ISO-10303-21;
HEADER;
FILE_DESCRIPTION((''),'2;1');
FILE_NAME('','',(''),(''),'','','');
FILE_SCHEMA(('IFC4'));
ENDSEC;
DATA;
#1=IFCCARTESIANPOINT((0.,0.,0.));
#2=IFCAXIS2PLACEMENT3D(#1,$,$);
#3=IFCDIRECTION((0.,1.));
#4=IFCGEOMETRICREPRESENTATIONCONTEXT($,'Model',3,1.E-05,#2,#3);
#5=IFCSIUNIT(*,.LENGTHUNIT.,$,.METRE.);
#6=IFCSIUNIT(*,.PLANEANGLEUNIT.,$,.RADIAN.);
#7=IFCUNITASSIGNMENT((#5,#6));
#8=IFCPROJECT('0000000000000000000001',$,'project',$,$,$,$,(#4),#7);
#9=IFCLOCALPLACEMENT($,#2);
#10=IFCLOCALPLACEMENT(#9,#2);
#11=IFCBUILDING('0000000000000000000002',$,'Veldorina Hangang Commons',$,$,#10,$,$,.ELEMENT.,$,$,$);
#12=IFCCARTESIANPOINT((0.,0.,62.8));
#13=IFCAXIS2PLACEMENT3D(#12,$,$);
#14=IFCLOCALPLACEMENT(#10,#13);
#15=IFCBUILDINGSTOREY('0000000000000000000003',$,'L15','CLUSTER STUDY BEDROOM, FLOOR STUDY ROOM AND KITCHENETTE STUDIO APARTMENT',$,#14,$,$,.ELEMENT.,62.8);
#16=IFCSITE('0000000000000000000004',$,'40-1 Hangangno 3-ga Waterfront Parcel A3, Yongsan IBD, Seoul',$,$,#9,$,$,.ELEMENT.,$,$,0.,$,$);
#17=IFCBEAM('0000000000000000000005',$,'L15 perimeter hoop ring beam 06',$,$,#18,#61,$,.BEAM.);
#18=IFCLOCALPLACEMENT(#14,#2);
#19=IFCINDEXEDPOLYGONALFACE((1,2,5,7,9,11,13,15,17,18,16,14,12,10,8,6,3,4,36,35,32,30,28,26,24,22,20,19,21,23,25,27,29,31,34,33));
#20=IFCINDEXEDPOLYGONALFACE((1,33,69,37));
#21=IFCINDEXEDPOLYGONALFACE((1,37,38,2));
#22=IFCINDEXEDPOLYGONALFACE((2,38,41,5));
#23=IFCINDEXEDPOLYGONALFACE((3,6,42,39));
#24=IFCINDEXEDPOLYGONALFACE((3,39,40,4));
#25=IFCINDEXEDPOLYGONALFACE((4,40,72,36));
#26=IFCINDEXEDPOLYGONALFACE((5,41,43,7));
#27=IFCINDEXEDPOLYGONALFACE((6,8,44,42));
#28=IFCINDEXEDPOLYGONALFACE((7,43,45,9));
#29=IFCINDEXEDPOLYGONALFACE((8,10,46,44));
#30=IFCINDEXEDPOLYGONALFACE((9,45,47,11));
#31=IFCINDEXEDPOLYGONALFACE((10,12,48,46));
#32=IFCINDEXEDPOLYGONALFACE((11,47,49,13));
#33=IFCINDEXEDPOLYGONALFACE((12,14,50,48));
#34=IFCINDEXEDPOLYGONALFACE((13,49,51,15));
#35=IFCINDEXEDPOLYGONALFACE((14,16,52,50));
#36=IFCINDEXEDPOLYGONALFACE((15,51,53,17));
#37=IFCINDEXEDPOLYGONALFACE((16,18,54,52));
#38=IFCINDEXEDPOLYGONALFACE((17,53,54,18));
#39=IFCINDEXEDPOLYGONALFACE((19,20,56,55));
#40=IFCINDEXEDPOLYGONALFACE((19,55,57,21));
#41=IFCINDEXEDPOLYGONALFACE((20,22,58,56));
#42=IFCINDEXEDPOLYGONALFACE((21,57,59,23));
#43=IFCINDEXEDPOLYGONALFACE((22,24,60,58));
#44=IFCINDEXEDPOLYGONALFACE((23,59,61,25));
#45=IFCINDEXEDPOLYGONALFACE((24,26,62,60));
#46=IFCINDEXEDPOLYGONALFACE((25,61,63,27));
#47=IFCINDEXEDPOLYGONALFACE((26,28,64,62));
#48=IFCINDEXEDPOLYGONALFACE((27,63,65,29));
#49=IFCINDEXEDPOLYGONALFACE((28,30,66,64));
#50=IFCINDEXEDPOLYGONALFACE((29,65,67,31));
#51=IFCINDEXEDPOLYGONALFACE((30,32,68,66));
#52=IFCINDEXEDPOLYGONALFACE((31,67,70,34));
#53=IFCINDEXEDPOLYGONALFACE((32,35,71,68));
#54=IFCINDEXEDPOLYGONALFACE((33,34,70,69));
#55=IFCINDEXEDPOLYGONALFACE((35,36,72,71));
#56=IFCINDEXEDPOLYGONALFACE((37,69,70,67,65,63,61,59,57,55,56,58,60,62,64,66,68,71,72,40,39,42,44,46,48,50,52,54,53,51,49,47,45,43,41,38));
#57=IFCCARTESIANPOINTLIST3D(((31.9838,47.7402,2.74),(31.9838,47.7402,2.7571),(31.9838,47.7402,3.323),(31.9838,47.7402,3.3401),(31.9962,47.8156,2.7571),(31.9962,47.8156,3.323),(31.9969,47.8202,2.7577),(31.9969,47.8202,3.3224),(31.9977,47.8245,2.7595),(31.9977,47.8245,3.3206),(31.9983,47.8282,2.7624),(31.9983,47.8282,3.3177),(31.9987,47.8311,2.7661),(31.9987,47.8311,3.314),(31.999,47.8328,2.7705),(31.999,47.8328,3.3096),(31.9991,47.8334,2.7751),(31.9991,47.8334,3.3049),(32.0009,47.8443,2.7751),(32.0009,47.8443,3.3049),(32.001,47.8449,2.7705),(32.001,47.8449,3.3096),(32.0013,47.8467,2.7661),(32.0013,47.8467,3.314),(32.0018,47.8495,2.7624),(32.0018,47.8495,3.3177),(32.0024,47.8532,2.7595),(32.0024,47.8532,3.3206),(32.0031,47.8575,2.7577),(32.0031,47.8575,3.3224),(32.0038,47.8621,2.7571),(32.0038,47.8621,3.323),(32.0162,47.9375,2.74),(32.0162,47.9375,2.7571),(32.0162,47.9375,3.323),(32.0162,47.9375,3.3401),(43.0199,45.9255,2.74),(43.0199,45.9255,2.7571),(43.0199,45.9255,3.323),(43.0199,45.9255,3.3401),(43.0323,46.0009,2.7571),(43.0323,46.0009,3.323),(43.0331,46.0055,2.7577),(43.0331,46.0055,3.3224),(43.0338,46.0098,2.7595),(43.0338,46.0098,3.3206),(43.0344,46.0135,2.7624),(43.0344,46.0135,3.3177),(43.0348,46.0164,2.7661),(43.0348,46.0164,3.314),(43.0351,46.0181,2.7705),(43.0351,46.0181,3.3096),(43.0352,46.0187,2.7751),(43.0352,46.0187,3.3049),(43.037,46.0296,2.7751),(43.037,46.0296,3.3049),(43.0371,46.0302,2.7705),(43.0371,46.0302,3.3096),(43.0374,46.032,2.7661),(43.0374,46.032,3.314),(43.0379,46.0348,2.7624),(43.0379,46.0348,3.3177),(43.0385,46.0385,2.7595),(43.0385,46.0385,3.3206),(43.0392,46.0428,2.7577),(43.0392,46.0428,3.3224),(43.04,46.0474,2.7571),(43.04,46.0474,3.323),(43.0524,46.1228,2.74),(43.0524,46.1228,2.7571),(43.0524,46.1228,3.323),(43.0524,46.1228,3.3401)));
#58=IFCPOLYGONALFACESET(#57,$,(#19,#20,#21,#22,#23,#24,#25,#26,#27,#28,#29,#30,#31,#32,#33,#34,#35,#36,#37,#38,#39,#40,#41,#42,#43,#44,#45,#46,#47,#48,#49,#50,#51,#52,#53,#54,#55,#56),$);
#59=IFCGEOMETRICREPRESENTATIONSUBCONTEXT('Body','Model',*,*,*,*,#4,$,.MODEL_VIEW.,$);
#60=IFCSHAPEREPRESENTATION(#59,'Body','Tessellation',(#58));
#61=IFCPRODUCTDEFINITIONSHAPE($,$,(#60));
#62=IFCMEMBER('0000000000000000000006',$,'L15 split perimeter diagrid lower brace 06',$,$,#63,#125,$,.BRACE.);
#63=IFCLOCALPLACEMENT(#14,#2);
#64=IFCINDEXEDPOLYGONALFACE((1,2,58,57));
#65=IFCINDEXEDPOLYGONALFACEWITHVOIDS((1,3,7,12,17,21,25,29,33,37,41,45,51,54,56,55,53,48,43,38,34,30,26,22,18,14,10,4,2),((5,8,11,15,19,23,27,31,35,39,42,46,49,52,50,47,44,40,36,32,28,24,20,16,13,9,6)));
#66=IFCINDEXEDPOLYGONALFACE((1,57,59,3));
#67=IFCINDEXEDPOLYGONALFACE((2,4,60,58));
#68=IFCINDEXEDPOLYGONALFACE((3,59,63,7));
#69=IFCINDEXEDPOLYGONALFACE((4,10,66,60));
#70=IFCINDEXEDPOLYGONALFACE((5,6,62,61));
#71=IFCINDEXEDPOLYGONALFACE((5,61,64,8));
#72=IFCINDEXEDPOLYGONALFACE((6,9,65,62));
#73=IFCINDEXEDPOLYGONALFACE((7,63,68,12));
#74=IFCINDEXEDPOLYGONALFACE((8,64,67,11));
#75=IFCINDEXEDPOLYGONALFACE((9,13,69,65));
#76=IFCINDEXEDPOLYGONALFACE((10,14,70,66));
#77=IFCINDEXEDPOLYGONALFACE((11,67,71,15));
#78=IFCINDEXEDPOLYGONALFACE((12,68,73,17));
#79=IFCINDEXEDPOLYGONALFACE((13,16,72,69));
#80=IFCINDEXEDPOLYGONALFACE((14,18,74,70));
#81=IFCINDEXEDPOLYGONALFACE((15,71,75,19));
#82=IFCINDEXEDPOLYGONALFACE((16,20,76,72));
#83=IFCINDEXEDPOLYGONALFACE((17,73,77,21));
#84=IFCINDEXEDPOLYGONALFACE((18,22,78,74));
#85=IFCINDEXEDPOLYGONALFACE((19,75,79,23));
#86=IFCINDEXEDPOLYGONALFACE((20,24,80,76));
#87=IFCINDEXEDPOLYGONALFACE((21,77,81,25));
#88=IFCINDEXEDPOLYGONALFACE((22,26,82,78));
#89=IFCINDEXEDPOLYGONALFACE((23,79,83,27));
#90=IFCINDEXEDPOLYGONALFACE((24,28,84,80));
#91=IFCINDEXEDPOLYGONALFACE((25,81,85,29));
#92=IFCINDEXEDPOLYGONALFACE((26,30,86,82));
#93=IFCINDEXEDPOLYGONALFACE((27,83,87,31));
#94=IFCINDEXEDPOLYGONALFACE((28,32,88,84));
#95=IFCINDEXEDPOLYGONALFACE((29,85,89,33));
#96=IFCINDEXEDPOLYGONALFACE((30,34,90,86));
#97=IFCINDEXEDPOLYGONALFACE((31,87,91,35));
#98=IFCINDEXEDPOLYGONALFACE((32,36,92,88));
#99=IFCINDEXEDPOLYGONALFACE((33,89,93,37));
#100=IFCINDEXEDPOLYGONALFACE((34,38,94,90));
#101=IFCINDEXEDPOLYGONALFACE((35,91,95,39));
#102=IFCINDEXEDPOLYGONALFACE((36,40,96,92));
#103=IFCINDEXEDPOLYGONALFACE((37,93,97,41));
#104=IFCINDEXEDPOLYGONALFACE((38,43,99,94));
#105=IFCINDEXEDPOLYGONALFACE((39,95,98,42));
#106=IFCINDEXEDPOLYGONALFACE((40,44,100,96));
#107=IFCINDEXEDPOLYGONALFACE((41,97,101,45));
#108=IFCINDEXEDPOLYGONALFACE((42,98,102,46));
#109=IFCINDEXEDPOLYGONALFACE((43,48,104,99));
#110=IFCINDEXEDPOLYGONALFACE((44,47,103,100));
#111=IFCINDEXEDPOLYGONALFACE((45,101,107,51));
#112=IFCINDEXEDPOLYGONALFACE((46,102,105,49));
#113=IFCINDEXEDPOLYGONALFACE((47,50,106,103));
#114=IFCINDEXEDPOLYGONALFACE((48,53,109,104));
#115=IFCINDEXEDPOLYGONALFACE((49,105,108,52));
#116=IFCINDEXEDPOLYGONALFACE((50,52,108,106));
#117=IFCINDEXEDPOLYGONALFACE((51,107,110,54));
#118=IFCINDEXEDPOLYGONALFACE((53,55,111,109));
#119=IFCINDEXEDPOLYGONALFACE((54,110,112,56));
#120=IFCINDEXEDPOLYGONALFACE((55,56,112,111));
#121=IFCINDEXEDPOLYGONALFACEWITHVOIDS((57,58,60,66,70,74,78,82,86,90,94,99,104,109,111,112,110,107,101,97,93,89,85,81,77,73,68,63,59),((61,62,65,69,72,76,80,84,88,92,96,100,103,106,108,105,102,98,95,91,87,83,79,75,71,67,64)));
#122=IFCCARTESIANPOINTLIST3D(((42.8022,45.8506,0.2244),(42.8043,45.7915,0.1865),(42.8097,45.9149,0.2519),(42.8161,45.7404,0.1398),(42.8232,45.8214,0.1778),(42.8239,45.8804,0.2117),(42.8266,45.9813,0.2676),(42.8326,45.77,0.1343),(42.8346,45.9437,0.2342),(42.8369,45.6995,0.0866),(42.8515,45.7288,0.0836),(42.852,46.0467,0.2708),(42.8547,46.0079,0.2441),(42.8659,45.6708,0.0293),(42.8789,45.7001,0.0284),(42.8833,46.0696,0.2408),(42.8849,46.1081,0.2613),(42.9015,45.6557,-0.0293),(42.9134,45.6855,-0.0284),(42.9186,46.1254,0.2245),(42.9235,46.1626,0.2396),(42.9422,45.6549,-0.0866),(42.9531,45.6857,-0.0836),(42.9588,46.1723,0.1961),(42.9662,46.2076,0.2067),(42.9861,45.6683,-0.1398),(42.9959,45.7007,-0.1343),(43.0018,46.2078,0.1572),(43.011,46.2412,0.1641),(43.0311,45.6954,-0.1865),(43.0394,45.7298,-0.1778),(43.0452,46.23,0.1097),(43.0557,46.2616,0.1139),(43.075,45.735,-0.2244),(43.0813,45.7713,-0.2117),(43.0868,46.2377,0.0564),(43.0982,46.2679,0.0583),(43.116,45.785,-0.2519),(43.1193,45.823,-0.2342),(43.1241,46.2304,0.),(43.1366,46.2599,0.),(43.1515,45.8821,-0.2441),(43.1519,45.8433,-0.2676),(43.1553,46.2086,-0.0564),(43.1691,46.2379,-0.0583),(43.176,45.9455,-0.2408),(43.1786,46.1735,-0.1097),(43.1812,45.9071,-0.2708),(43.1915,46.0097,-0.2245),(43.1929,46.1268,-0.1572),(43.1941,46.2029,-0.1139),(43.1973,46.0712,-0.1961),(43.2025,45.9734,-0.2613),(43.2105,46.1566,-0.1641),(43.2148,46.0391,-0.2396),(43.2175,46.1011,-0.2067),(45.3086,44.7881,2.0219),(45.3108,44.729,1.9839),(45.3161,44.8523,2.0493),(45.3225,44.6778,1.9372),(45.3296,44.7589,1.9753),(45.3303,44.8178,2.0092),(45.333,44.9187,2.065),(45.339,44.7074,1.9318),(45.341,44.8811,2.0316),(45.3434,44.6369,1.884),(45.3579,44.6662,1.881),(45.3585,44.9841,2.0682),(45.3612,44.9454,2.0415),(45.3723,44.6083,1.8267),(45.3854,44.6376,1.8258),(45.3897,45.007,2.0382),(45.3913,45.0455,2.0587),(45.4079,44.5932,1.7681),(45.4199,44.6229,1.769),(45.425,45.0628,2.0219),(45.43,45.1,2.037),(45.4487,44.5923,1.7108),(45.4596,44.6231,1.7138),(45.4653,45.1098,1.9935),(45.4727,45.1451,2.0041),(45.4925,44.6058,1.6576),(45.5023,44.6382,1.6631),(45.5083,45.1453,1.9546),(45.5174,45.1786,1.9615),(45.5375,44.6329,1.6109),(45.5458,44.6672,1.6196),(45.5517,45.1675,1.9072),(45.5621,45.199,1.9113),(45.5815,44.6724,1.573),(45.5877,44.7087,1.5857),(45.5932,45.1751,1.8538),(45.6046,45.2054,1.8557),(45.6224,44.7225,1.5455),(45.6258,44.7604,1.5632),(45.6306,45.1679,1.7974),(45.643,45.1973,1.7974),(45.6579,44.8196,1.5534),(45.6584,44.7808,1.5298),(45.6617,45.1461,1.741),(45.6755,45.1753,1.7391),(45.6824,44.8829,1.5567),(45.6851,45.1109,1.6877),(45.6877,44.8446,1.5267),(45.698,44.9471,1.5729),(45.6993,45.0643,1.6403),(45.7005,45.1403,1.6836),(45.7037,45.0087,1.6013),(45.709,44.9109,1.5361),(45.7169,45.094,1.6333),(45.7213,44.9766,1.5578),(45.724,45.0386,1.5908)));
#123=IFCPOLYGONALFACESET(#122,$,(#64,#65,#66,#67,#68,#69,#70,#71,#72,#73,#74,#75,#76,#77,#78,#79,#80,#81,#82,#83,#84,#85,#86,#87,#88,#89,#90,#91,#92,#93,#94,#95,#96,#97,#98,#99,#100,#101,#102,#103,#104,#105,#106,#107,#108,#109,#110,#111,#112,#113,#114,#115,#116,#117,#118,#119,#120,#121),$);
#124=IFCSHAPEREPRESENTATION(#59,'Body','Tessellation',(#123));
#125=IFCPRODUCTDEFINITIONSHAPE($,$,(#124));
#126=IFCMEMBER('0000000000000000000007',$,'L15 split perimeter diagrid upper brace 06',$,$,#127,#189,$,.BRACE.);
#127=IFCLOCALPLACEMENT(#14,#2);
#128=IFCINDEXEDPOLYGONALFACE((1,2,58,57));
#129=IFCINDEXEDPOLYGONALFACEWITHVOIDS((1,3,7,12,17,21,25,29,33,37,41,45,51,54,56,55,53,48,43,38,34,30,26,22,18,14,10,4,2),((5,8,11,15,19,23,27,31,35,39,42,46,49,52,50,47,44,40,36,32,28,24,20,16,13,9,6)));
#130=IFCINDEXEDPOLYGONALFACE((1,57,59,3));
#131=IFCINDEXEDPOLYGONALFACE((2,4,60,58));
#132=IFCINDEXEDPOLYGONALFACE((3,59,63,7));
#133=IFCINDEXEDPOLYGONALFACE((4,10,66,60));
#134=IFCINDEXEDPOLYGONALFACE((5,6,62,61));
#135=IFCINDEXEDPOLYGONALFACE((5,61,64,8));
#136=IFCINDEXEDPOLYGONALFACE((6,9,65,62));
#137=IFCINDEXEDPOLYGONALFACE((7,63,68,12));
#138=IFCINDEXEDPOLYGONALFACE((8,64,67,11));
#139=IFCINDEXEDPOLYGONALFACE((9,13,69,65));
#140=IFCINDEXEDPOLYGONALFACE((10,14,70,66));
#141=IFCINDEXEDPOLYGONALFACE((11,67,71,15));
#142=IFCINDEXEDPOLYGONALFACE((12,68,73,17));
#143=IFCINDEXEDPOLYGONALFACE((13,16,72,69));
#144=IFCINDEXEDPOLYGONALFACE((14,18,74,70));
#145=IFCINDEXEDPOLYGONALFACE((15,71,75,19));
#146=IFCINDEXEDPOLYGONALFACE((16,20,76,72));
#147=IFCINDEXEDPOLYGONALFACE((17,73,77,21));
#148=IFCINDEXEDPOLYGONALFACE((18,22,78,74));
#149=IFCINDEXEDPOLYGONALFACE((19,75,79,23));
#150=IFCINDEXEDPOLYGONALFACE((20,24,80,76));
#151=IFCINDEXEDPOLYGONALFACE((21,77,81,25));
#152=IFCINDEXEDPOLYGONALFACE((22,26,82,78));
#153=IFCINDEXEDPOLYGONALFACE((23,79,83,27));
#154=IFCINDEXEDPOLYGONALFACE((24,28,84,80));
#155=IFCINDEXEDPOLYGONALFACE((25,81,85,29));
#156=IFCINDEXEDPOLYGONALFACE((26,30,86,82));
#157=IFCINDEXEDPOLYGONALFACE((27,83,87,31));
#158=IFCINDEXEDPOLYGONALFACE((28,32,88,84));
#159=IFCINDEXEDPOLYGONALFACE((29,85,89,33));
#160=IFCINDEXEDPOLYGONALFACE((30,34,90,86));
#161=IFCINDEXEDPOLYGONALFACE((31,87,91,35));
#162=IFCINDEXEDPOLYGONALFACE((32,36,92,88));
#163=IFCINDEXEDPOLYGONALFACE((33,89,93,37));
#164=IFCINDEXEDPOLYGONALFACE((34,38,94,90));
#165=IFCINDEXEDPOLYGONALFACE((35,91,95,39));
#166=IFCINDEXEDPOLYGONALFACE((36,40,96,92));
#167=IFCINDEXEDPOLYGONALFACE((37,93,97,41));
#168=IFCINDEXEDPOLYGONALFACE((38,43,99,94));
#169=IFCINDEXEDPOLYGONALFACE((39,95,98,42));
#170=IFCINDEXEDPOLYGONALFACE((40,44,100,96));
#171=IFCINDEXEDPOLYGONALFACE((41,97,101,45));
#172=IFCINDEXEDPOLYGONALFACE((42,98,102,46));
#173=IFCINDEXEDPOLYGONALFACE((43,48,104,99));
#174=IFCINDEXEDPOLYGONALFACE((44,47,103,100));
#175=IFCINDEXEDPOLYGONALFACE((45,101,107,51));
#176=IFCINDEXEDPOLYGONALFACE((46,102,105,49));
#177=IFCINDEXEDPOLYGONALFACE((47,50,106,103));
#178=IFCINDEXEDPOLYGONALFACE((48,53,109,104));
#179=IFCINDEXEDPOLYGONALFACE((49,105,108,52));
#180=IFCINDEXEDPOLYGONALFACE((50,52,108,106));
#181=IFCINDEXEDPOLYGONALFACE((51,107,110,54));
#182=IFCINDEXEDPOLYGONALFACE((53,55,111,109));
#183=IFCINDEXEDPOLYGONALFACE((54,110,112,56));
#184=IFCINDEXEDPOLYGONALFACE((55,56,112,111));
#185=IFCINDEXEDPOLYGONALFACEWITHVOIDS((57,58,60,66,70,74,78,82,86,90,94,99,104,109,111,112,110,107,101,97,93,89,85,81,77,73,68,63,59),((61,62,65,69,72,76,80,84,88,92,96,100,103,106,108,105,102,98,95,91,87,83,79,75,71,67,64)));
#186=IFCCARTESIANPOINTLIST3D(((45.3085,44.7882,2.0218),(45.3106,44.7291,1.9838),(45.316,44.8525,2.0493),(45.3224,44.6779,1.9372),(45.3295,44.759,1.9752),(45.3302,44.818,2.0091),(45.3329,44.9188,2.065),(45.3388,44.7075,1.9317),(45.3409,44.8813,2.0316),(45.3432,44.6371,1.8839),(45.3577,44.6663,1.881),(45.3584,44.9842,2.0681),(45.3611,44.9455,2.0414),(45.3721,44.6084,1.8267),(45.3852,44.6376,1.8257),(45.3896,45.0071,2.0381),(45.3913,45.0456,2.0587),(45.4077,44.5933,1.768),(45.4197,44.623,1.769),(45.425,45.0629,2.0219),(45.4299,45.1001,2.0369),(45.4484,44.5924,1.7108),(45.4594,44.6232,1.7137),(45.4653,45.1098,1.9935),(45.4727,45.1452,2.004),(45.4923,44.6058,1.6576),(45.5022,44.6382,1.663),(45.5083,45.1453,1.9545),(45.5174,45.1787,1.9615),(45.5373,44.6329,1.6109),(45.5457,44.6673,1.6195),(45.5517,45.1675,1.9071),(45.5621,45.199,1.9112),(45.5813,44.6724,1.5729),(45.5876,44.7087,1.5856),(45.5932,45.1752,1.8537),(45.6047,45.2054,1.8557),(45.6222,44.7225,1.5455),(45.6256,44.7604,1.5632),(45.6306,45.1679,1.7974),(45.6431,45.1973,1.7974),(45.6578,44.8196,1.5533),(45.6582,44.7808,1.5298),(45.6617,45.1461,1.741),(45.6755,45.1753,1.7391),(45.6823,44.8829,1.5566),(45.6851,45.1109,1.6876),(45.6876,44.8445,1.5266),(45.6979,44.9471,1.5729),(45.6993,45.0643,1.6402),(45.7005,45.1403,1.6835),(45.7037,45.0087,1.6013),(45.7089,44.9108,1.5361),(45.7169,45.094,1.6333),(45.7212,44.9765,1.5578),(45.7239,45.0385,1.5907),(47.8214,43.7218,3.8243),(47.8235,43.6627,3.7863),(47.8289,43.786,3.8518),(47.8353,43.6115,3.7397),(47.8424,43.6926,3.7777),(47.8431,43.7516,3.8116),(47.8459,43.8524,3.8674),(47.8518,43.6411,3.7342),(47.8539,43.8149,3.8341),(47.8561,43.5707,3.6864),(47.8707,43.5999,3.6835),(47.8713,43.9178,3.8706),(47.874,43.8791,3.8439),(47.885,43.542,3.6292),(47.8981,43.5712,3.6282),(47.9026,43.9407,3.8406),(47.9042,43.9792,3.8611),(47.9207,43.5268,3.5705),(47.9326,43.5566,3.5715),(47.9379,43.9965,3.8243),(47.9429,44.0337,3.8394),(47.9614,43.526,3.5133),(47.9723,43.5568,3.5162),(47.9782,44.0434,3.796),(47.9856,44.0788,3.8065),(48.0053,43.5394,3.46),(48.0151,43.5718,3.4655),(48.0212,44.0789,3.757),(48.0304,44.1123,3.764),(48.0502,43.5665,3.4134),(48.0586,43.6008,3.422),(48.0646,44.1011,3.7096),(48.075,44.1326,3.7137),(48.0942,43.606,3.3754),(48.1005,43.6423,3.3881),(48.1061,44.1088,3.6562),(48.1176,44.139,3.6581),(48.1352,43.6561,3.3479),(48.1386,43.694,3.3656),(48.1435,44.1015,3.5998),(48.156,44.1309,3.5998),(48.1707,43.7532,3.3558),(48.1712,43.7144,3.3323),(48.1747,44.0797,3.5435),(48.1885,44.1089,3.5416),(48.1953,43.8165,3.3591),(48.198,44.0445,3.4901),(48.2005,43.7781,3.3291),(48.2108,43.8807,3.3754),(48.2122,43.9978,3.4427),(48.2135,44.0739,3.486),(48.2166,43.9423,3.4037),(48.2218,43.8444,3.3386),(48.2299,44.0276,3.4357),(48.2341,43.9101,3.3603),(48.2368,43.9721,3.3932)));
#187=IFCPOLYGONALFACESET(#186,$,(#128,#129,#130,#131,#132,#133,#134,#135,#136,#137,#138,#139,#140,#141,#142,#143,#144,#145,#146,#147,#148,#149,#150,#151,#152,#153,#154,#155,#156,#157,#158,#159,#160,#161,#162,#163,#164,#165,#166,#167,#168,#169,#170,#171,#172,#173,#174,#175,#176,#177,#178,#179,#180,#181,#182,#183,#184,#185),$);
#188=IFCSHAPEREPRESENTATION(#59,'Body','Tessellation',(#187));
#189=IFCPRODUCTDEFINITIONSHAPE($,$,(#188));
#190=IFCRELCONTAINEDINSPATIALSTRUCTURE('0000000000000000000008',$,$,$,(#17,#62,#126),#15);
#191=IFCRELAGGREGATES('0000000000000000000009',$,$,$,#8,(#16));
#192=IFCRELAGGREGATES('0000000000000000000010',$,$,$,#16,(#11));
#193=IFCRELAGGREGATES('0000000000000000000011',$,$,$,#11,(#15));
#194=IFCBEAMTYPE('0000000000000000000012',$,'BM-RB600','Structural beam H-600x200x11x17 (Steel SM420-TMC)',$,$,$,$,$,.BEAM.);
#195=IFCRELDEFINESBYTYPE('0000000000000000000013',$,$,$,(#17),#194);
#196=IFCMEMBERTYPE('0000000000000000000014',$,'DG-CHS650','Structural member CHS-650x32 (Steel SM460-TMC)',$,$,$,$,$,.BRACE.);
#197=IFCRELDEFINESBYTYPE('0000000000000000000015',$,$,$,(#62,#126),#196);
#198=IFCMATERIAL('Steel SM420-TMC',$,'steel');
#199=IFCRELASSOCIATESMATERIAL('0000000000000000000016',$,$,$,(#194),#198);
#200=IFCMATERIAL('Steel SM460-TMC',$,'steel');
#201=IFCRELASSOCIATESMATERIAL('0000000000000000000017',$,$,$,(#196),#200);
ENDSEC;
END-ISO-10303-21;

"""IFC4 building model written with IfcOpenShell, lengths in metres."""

from ifc_helpers import new_model, si_unit, direction, frame, origin, origin_2d, place, context, subcontext, project, spatial, hollow_circle, i_section, extrude, material, material_profile, profile_set, type_object, element, save


model = new_model("IFC4")

# Units and contexts
model_context = context("Model", 3, precision=1e-05, world=origin(), true_north=direction((0.0, 1.0)))
body_context = subcontext(model_context, "Body", "Model", "MODEL_VIEW")
ifc_project = project(units=[si_unit("LENGTHUNIT", "METRE"), si_unit("PLANEANGLEUNIT", "RADIAN")], contexts=[model_context])

# Site, building, storey
site_placement = place(None, origin())
site = spatial("IfcSite", under=ifc_project, at=site_placement, Name="40-1 Hangangno 3-ga Waterfront Parcel A3, Yongsan IBD, Seoul", CompositionType="ELEMENT", RefElevation=0.0)
building_placement = place(site_placement, origin())
building = spatial("IfcBuilding", under=site, at=building_placement, Name="Veldorina Hangang Commons", CompositionType="ELEMENT")
storey_placement = place(building_placement, frame((0.0, 0.0, 62.8)))
storey = spatial("IfcBuildingStorey", under=building, at=storey_placement, Name="L15", Description="CLUSTER STUDY BEDROOM, FLOOR STUDY ROOM AND KITCHENETTE STUDIO APARTMENT", CompositionType="ELEMENT", Elevation=62.8)

# Beam
ifc_material_1 = material(Name="Steel SM420-TMC", Category="steel")
ifc_material_profile_1 = material_profile(ifc_material_1, i_section(OverallWidth=0.2, OverallDepth=0.6001, WebThickness=0.011, FlangeThickness=0.0171, FilletRadius=0.0181, at=origin_2d()), Name="H-600x200x11x17")
ifc_profile_set_1 = profile_set([ifc_material_profile_1], Name="Steel SM420-TMC")
beam_type = type_object("IfcBeamType", Name="BM-RB600", Description="Structural beam H-600x200x11x17 (Steel SM420-TMC)", PredefinedType="BEAM", material=ifc_profile_set_1)
beam_placement = place(storey_placement, frame((43.0361, 46.0242, 3.04), z_axis=(-0.986749, 0.162253, 0.0), x_axis=(-0.162253, -0.986749, 0.0)))
element("IfcBeam", 1, at=beam_placement, inside=storey, type_object=beam_type, Name="L15 perimeter hoop ring beam 06", PredefinedType="BEAM", context=body_context, shape_type="SweptSolid", body=[
    extrude(i_section(OverallWidth=0.2, OverallDepth=0.6001, WebThickness=0.011, FlangeThickness=0.0171, FilletRadius=0.0181, at=origin_2d()), origin(), (0.0, 0.0, 1.0), 11.1843),
])

# Members
ifc_material_2 = material(Name="Steel SM460-TMC", Category="steel")
ifc_material_profile_2 = material_profile(ifc_material_2, hollow_circle(Radius=0.325, WallThickness=0.032, at=origin_2d()), Name="CHS-650x32")
ifc_profile_set_2 = profile_set([ifc_material_profile_2], Name="Steel SM460-TMC")
member_type = type_object("IfcMemberType", Name="DG-CHS650", Description="Structural member CHS-650x32 (Steel SM460-TMC)", PredefinedType="BRACE", material=ifc_profile_set_2)
member_1_placement = place(storey_placement, frame((43.0098, 45.9607, 0.0), z_axis=(0.768327, -0.325712, 0.550986), x_axis=(0.390301, 0.920687, 0.0)))
element("IfcMember", 2, at=member_1_placement, inside=storey, type_object=member_type, Name="L15 split perimeter diagrid lower brace 06", PredefinedType="BRACE", context=body_context, shape_type="SweptSolid", body=[
    extrude(hollow_circle(Radius=0.325, WallThickness=0.032, at=origin_2d()), origin(), (0.0, 0.0, 1.0), 3.2622),
])
member_2_placement = place(storey_placement, frame((45.5161, 44.8982, 1.7974), z_axis=(0.76819, -0.325994, 0.55101), x_axis=(0.390646, 0.920541, 0.0)))
element("IfcMember", 3, at=member_2_placement, inside=storey, type_object=member_type, Name="L15 split perimeter diagrid upper brace 06", PredefinedType="BRACE", context=body_context, shape_type="SweptSolid", body=[
    extrude(hollow_circle(Radius=0.325, WallThickness=0.032, at=origin_2d()), origin(), (0.0, 0.0, 1.0), 3.2712),
])

save(model, "model.ifc")
